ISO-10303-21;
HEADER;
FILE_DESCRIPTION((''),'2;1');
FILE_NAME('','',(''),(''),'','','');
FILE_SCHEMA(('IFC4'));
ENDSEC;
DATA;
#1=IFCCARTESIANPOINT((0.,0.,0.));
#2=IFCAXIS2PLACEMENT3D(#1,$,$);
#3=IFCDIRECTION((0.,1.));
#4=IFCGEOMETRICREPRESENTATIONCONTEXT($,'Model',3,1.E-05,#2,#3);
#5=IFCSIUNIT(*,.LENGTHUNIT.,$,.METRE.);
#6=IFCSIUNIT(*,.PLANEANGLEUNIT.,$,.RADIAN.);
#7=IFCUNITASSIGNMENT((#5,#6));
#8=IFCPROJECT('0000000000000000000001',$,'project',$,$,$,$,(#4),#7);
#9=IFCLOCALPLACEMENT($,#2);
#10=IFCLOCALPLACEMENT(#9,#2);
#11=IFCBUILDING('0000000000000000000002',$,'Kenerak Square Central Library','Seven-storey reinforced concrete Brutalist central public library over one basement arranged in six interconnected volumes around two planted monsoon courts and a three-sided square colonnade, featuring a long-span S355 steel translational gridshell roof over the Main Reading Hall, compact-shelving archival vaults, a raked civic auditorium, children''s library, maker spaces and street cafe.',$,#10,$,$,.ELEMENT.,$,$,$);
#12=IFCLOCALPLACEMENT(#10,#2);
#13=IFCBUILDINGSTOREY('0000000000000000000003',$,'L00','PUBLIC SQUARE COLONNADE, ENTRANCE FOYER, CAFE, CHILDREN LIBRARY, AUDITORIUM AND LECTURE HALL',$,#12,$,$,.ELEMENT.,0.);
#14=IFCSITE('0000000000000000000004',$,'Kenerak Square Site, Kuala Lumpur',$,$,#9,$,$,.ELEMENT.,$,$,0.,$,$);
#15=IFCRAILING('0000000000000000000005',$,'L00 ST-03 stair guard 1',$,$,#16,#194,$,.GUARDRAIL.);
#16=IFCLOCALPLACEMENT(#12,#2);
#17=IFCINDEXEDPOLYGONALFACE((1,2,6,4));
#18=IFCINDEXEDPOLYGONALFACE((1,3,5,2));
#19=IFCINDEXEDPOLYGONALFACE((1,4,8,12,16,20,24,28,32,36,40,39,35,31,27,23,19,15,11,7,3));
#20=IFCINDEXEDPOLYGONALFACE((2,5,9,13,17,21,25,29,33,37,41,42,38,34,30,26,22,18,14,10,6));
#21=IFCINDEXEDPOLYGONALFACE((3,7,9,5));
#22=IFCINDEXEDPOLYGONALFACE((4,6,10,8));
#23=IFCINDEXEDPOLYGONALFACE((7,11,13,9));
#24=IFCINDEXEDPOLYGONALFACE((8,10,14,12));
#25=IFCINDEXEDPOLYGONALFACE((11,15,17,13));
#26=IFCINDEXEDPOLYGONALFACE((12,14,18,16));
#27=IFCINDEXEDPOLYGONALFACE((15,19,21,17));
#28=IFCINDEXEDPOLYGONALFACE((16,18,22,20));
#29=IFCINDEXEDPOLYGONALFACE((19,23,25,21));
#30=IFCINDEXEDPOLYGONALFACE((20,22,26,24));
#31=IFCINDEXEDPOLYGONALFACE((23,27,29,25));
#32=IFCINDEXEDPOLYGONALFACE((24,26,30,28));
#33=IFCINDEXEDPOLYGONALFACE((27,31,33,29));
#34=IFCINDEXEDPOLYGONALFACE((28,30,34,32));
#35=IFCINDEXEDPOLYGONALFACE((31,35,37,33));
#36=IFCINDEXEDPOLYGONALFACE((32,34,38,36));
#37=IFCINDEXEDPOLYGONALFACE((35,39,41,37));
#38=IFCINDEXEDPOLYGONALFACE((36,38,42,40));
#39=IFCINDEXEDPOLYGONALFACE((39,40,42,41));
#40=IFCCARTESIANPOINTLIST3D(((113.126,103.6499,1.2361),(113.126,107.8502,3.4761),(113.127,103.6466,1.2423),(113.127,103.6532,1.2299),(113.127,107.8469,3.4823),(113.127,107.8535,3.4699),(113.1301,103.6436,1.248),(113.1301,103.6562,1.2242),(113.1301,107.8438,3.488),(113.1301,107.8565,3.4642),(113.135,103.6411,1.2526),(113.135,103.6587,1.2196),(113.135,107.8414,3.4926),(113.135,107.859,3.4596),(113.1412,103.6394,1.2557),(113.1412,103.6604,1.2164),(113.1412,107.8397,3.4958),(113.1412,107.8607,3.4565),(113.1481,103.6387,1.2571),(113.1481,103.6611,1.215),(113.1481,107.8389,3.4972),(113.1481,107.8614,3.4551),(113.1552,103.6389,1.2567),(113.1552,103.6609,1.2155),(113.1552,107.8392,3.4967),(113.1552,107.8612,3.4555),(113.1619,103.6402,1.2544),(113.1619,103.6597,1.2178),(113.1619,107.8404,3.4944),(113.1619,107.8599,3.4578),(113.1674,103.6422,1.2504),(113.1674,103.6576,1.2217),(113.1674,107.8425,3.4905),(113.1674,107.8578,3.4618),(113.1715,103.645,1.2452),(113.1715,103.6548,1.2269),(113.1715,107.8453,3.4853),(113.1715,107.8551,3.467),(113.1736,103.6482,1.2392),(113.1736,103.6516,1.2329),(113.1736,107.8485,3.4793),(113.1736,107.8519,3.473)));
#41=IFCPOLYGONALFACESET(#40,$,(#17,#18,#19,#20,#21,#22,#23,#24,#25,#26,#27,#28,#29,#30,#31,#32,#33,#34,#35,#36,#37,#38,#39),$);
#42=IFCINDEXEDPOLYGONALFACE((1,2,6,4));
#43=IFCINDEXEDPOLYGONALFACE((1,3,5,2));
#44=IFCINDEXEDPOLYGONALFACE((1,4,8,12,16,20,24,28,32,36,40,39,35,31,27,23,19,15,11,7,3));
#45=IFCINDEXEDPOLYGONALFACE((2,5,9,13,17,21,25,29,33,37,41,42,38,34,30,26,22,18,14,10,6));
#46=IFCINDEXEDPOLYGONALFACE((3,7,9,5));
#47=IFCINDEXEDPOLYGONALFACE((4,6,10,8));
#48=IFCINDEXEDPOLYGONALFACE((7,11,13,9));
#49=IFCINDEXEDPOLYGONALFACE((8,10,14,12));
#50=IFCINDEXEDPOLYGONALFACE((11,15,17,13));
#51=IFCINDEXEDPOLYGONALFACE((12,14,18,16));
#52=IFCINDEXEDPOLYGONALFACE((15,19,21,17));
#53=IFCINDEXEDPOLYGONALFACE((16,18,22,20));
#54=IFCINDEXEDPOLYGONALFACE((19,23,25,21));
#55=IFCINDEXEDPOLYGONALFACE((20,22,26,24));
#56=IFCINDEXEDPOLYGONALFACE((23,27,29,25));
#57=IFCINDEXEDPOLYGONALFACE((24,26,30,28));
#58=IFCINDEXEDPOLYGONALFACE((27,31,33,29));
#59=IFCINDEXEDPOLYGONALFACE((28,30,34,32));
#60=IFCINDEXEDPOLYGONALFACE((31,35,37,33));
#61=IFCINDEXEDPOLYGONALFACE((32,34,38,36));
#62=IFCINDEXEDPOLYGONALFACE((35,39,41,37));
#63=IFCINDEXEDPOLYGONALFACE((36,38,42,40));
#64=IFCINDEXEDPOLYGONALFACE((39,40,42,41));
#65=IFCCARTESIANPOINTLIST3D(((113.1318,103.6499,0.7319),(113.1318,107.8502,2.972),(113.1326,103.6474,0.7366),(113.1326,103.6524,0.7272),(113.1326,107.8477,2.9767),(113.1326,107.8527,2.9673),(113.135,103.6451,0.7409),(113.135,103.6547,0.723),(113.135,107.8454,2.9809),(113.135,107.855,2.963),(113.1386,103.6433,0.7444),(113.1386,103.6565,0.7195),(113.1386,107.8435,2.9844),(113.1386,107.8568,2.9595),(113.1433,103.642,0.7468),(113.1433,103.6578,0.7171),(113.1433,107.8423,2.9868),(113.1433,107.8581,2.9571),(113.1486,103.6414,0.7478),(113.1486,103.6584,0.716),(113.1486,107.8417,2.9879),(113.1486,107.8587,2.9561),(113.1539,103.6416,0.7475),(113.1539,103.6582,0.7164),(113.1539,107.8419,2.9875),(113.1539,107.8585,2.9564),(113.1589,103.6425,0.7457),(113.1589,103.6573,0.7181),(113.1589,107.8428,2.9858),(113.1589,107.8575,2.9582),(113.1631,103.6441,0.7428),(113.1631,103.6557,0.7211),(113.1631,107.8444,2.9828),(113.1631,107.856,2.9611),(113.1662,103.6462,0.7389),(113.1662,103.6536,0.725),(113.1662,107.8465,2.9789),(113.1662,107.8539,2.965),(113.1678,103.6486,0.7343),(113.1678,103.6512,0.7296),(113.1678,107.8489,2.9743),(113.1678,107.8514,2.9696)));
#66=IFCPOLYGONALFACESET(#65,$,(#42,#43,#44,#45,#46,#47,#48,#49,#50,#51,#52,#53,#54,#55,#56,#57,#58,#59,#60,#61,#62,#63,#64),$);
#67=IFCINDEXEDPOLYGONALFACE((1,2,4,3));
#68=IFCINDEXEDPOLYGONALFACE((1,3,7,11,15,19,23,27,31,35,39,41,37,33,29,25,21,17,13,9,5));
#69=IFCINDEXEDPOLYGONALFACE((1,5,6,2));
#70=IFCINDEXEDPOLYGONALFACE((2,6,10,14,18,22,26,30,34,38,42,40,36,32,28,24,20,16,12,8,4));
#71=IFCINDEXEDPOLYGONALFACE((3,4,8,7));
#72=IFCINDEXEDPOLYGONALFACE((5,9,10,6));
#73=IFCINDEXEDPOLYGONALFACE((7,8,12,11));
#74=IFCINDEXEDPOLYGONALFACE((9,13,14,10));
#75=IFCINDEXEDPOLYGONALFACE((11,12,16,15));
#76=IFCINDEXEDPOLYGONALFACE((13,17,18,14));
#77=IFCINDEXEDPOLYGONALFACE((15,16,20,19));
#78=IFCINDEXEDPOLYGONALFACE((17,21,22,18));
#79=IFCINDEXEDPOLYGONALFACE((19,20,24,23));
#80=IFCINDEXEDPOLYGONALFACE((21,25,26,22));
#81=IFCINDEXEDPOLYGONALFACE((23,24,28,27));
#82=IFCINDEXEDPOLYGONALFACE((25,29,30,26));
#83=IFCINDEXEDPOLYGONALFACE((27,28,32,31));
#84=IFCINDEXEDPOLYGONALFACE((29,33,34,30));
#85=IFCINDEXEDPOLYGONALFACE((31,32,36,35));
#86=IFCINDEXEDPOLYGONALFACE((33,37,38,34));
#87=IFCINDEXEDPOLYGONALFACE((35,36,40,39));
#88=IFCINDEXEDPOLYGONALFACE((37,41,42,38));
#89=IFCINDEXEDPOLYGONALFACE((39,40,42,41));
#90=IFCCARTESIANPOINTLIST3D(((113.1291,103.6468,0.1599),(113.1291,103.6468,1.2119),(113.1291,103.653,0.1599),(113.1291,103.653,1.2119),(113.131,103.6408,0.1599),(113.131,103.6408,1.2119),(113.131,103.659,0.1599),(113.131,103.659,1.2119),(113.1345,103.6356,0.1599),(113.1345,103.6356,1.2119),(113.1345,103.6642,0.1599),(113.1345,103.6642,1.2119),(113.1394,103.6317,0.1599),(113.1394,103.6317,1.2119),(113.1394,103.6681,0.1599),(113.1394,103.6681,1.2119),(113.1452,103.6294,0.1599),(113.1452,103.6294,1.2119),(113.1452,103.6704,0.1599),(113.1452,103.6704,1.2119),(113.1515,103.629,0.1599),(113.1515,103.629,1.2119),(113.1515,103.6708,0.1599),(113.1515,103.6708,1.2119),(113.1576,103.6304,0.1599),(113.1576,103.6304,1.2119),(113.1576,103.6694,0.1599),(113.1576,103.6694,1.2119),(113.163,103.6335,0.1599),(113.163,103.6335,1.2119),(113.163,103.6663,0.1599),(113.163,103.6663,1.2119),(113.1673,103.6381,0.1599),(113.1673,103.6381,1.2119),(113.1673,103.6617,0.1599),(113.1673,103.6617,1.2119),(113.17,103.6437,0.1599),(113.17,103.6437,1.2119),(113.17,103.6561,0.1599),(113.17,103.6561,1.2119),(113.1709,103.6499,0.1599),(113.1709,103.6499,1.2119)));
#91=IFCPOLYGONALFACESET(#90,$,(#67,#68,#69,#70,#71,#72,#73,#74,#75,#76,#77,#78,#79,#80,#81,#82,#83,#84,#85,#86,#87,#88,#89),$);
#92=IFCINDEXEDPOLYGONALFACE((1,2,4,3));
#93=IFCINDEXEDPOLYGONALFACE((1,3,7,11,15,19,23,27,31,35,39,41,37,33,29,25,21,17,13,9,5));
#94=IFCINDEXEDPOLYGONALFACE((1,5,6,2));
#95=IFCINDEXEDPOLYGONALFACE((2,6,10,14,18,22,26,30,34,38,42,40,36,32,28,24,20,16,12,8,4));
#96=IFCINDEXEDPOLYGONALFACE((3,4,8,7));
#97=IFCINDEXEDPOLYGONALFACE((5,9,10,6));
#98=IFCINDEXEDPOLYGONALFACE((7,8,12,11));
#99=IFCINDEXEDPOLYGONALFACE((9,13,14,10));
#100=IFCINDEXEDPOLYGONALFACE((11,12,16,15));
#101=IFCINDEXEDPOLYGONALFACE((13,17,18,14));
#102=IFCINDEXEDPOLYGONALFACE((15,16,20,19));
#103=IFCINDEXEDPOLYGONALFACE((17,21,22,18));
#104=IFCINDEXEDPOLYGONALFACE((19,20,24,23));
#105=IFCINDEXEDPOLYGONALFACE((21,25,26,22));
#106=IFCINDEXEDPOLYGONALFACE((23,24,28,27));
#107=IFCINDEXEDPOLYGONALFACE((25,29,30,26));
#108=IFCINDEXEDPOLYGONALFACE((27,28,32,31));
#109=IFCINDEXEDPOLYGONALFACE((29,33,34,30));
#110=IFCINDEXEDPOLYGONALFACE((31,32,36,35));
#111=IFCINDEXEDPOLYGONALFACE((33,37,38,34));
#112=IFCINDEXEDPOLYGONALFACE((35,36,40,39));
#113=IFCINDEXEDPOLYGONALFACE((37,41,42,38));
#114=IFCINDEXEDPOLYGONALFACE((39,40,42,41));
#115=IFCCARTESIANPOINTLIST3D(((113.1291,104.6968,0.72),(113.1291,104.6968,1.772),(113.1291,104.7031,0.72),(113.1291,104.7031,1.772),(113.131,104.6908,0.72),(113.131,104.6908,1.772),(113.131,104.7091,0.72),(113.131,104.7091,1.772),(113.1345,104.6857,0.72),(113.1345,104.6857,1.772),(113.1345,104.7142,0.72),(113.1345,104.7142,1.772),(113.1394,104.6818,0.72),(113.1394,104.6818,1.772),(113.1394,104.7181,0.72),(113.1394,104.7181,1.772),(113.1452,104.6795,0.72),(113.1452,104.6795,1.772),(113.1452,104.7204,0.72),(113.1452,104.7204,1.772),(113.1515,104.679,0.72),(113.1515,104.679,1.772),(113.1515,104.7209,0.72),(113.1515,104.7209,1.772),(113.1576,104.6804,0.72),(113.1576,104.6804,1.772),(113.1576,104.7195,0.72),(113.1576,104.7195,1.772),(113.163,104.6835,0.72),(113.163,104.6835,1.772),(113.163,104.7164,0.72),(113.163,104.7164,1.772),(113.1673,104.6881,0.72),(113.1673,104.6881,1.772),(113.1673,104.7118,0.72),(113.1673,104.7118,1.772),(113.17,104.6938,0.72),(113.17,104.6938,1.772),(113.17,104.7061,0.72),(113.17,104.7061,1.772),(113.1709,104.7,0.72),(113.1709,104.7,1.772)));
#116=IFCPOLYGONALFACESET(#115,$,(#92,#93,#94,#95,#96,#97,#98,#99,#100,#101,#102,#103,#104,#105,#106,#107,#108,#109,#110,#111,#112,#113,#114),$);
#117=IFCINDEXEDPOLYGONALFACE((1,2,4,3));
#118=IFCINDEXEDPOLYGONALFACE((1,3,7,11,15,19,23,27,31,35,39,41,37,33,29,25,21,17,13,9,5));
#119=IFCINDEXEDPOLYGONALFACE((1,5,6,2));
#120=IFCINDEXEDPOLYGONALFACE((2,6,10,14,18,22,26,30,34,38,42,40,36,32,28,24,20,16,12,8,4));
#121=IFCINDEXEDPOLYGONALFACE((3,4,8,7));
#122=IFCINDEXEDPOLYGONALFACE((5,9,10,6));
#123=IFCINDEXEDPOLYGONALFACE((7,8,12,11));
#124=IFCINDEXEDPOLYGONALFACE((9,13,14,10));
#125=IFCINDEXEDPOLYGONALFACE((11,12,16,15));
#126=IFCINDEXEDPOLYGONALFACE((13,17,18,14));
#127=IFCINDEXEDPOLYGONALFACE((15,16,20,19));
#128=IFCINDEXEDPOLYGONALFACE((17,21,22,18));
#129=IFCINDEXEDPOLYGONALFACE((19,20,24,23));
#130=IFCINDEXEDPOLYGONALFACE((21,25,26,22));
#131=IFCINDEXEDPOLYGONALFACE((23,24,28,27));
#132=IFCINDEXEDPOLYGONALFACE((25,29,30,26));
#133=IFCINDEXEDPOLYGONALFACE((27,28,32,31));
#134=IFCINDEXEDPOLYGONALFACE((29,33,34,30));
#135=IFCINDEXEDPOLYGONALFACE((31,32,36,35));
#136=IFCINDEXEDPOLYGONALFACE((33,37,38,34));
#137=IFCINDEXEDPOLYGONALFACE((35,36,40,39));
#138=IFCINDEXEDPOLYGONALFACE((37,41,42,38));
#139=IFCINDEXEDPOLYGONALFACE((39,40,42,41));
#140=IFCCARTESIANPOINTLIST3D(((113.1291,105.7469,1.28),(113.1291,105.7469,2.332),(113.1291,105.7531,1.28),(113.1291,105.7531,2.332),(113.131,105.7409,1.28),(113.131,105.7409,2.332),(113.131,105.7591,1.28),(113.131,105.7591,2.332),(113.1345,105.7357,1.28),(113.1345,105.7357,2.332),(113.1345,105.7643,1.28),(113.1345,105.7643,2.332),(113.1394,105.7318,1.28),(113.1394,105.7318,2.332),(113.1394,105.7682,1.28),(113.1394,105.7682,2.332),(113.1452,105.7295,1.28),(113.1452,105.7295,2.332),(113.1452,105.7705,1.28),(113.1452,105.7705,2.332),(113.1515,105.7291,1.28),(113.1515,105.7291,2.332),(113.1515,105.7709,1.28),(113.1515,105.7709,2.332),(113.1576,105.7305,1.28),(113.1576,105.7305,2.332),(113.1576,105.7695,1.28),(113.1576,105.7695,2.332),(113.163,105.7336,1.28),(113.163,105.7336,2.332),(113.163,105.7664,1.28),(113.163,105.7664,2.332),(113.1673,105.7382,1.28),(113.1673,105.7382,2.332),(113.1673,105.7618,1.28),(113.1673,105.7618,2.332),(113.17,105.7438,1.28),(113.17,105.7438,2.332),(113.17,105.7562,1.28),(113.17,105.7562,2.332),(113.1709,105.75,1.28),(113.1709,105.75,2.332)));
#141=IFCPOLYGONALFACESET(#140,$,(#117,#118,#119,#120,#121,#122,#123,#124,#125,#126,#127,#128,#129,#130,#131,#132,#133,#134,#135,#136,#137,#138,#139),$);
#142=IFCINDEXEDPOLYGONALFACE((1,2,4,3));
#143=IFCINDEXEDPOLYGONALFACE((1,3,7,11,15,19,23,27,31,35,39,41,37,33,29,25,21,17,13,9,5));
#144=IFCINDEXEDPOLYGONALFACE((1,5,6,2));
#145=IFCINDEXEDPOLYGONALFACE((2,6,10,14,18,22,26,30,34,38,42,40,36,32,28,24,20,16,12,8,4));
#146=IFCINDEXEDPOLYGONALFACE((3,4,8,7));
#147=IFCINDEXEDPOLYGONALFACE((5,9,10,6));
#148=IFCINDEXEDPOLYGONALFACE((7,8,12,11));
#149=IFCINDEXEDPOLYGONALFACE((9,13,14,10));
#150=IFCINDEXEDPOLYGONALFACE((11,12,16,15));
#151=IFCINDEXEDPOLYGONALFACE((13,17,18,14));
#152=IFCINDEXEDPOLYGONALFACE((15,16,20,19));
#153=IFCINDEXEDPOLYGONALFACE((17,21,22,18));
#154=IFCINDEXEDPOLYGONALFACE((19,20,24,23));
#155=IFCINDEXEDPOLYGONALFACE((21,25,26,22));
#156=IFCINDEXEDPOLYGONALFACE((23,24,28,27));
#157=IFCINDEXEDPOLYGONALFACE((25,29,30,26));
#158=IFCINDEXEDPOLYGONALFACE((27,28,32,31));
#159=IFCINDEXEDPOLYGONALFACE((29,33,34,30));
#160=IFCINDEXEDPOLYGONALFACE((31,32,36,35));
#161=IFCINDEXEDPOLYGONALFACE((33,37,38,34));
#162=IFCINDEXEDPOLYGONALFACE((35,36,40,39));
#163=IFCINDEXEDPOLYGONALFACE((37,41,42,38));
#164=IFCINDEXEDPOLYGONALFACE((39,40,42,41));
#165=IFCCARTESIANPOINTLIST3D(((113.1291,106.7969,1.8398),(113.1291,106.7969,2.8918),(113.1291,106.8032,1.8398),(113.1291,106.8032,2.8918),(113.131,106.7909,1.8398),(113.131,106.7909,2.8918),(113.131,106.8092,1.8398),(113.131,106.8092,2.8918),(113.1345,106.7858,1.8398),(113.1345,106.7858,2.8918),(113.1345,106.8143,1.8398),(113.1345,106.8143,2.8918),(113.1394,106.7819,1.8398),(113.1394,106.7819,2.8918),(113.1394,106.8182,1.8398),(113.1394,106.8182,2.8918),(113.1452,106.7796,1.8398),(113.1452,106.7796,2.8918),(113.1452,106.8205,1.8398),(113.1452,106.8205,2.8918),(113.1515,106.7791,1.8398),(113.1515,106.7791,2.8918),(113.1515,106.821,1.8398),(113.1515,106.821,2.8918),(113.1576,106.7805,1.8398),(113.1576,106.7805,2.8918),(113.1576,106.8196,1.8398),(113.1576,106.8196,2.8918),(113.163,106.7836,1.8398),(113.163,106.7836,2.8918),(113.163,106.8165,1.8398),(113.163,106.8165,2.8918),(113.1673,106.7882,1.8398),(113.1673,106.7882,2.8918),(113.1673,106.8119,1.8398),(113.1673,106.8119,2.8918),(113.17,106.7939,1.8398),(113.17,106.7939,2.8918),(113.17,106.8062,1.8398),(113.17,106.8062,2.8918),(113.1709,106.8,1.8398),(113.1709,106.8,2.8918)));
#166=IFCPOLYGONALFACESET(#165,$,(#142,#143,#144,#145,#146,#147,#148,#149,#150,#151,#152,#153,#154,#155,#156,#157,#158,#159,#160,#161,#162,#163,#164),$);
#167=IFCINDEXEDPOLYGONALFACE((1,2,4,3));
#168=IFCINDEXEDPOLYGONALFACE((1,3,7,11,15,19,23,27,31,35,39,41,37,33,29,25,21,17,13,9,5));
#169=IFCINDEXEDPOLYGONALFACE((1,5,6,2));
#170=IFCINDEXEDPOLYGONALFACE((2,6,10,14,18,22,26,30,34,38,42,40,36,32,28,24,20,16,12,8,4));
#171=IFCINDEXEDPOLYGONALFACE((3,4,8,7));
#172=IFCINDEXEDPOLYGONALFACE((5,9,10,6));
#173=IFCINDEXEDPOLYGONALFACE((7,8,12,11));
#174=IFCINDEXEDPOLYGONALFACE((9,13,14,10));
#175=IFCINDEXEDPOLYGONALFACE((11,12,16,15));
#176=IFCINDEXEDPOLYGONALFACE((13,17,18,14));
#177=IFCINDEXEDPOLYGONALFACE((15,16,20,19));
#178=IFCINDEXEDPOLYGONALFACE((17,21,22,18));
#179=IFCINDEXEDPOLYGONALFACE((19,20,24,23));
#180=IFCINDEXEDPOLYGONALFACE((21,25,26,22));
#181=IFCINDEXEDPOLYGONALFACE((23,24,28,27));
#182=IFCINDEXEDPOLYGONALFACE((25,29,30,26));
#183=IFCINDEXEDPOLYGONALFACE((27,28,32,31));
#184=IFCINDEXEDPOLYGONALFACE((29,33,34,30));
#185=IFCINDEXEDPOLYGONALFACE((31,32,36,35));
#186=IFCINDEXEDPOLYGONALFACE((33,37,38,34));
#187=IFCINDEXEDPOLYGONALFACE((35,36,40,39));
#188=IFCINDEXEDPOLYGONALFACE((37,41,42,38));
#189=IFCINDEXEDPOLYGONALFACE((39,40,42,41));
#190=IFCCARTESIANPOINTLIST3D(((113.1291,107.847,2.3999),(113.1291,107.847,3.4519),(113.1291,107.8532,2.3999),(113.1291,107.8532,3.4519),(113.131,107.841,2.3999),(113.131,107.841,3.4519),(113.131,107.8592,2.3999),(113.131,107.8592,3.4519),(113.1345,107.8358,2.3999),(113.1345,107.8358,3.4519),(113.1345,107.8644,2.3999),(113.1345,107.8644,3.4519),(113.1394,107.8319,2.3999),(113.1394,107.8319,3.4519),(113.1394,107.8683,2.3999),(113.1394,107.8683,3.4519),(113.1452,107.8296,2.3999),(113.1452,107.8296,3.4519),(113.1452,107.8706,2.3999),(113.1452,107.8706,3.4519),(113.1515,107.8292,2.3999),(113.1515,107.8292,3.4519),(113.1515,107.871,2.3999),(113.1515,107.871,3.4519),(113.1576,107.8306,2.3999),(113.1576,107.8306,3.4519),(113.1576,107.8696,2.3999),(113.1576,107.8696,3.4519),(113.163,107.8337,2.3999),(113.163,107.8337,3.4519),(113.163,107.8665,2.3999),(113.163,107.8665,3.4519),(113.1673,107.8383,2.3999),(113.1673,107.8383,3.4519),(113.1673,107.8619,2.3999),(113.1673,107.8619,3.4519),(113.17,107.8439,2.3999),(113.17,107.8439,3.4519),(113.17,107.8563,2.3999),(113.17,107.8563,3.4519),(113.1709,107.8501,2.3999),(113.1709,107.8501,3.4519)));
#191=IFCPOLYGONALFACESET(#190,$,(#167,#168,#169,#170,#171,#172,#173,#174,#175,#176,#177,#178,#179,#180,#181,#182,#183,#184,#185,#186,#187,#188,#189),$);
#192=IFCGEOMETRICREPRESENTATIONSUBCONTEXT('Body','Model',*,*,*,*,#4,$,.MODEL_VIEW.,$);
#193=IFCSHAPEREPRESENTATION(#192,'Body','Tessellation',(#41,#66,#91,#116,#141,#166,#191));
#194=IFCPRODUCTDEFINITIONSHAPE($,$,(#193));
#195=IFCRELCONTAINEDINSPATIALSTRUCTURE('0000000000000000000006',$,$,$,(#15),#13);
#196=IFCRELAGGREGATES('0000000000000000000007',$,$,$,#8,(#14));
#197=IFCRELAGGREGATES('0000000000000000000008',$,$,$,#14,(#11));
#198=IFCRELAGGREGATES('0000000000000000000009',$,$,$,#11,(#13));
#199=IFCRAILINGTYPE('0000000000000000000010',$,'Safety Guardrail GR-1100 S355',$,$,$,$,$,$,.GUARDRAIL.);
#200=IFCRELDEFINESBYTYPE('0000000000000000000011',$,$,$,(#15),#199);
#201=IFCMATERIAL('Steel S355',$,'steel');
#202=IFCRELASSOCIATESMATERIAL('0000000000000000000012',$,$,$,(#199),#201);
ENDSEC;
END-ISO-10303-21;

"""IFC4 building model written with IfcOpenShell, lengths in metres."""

from ifc_helpers import new_model, si_unit, direction, frame, origin, origin_2d, place, context, subcontext, project, spatial, circle, extrude, material, type_object, element, save


model = new_model("IFC4")

# Units and contexts
model_context = context("Model", 3, precision=1e-05, world=origin(), true_north=direction((0.0, 1.0)))
body_context = subcontext(model_context, "Body", "Model", "MODEL_VIEW")
ifc_project = project(units=[si_unit("LENGTHUNIT", "METRE"), si_unit("PLANEANGLEUNIT", "RADIAN")], contexts=[model_context])

# Site, building, storey
site_placement = place(None, origin())
site = spatial("IfcSite", under=ifc_project, at=site_placement, Name="Kenerak Square Site, Kuala Lumpur", CompositionType="ELEMENT", RefElevation=0.0)
building_placement = place(site_placement, origin())
building = spatial("IfcBuilding", under=site, at=building_placement, Name="Kenerak Square Central Library", Description="Seven-storey reinforced concrete Brutalist central public library over one basement arranged in six interconnected volumes around two planted monsoon courts and a three-sided square colonnade, featuring a long-span S355 steel translational gridshell roof over the Main Reading Hall, compact-shelving archival vaults, a raked civic auditorium, children's library, maker spaces and street cafe.", CompositionType="ELEMENT")
storey_placement = place(building_placement, origin())
storey = spatial("IfcBuildingStorey", under=building, at=storey_placement, Name="L00", Description="PUBLIC SQUARE COLONNADE, ENTRANCE FOYER, CAFE, CHILDREN LIBRARY, AUDITORIUM AND LECTURE HALL", CompositionType="ELEMENT", Elevation=0.0)

# Railing
ifc_material_1 = material(Name="Steel S355", Category="steel")
railing_type_1 = type_object("IfcRailingType", Name="Safety Guardrail GR-1100 S355", PredefinedType="GUARDRAIL", material=ifc_material_1)
railing_1_placement = place(storey_placement, frame((113.1499, 103.6499, 0.1599)))
element("IfcRailing", 1, at=railing_1_placement, inside=storey, type_object=railing_type_1, Name="L00 ST-03 stair guard 1", PredefinedType="GUARDRAIL", context=body_context, shape_type="SweptSolid", body=[
    extrude(circle(Radius=0.0239, at=origin_2d()), frame((0.0, 0.0, 1.0762), z_axis=(0.0, 0.882363, 0.47057), x_axis=(-1.0, 0.0, 0.0)), (0.0, 0.0, 1.0), 4.7603),
    extrude(circle(Radius=0.0181, at=origin_2d()), frame((0.0, 0.0, 0.572), z_axis=(0.0, 0.882363, 0.47057), x_axis=(-1.0, 0.0, 0.0)), (0.0, 0.0, 1.0), 4.7603),
    extrude(circle(Radius=0.021, at=origin_2d()), origin(), (0.0, 0.0, 1.0), 1.052),
    extrude(circle(Radius=0.021, at=origin_2d()), frame((0.0, 1.05, 0.5601)), (0.0, 0.0, 1.0), 1.052),
    extrude(circle(Radius=0.021, at=origin_2d()), frame((0.0, 2.1001, 1.1201)), (0.0, 0.0, 1.0), 1.052),
    extrude(circle(Radius=0.021, at=origin_2d()), frame((0.0, 3.1501, 1.6799)), (0.0, 0.0, 1.0), 1.052),
    extrude(circle(Radius=0.021, at=origin_2d()), frame((0.0, 4.2002, 2.24)), (0.0, 0.0, 1.0), 1.052),
])

save(model, "model.ifc")
